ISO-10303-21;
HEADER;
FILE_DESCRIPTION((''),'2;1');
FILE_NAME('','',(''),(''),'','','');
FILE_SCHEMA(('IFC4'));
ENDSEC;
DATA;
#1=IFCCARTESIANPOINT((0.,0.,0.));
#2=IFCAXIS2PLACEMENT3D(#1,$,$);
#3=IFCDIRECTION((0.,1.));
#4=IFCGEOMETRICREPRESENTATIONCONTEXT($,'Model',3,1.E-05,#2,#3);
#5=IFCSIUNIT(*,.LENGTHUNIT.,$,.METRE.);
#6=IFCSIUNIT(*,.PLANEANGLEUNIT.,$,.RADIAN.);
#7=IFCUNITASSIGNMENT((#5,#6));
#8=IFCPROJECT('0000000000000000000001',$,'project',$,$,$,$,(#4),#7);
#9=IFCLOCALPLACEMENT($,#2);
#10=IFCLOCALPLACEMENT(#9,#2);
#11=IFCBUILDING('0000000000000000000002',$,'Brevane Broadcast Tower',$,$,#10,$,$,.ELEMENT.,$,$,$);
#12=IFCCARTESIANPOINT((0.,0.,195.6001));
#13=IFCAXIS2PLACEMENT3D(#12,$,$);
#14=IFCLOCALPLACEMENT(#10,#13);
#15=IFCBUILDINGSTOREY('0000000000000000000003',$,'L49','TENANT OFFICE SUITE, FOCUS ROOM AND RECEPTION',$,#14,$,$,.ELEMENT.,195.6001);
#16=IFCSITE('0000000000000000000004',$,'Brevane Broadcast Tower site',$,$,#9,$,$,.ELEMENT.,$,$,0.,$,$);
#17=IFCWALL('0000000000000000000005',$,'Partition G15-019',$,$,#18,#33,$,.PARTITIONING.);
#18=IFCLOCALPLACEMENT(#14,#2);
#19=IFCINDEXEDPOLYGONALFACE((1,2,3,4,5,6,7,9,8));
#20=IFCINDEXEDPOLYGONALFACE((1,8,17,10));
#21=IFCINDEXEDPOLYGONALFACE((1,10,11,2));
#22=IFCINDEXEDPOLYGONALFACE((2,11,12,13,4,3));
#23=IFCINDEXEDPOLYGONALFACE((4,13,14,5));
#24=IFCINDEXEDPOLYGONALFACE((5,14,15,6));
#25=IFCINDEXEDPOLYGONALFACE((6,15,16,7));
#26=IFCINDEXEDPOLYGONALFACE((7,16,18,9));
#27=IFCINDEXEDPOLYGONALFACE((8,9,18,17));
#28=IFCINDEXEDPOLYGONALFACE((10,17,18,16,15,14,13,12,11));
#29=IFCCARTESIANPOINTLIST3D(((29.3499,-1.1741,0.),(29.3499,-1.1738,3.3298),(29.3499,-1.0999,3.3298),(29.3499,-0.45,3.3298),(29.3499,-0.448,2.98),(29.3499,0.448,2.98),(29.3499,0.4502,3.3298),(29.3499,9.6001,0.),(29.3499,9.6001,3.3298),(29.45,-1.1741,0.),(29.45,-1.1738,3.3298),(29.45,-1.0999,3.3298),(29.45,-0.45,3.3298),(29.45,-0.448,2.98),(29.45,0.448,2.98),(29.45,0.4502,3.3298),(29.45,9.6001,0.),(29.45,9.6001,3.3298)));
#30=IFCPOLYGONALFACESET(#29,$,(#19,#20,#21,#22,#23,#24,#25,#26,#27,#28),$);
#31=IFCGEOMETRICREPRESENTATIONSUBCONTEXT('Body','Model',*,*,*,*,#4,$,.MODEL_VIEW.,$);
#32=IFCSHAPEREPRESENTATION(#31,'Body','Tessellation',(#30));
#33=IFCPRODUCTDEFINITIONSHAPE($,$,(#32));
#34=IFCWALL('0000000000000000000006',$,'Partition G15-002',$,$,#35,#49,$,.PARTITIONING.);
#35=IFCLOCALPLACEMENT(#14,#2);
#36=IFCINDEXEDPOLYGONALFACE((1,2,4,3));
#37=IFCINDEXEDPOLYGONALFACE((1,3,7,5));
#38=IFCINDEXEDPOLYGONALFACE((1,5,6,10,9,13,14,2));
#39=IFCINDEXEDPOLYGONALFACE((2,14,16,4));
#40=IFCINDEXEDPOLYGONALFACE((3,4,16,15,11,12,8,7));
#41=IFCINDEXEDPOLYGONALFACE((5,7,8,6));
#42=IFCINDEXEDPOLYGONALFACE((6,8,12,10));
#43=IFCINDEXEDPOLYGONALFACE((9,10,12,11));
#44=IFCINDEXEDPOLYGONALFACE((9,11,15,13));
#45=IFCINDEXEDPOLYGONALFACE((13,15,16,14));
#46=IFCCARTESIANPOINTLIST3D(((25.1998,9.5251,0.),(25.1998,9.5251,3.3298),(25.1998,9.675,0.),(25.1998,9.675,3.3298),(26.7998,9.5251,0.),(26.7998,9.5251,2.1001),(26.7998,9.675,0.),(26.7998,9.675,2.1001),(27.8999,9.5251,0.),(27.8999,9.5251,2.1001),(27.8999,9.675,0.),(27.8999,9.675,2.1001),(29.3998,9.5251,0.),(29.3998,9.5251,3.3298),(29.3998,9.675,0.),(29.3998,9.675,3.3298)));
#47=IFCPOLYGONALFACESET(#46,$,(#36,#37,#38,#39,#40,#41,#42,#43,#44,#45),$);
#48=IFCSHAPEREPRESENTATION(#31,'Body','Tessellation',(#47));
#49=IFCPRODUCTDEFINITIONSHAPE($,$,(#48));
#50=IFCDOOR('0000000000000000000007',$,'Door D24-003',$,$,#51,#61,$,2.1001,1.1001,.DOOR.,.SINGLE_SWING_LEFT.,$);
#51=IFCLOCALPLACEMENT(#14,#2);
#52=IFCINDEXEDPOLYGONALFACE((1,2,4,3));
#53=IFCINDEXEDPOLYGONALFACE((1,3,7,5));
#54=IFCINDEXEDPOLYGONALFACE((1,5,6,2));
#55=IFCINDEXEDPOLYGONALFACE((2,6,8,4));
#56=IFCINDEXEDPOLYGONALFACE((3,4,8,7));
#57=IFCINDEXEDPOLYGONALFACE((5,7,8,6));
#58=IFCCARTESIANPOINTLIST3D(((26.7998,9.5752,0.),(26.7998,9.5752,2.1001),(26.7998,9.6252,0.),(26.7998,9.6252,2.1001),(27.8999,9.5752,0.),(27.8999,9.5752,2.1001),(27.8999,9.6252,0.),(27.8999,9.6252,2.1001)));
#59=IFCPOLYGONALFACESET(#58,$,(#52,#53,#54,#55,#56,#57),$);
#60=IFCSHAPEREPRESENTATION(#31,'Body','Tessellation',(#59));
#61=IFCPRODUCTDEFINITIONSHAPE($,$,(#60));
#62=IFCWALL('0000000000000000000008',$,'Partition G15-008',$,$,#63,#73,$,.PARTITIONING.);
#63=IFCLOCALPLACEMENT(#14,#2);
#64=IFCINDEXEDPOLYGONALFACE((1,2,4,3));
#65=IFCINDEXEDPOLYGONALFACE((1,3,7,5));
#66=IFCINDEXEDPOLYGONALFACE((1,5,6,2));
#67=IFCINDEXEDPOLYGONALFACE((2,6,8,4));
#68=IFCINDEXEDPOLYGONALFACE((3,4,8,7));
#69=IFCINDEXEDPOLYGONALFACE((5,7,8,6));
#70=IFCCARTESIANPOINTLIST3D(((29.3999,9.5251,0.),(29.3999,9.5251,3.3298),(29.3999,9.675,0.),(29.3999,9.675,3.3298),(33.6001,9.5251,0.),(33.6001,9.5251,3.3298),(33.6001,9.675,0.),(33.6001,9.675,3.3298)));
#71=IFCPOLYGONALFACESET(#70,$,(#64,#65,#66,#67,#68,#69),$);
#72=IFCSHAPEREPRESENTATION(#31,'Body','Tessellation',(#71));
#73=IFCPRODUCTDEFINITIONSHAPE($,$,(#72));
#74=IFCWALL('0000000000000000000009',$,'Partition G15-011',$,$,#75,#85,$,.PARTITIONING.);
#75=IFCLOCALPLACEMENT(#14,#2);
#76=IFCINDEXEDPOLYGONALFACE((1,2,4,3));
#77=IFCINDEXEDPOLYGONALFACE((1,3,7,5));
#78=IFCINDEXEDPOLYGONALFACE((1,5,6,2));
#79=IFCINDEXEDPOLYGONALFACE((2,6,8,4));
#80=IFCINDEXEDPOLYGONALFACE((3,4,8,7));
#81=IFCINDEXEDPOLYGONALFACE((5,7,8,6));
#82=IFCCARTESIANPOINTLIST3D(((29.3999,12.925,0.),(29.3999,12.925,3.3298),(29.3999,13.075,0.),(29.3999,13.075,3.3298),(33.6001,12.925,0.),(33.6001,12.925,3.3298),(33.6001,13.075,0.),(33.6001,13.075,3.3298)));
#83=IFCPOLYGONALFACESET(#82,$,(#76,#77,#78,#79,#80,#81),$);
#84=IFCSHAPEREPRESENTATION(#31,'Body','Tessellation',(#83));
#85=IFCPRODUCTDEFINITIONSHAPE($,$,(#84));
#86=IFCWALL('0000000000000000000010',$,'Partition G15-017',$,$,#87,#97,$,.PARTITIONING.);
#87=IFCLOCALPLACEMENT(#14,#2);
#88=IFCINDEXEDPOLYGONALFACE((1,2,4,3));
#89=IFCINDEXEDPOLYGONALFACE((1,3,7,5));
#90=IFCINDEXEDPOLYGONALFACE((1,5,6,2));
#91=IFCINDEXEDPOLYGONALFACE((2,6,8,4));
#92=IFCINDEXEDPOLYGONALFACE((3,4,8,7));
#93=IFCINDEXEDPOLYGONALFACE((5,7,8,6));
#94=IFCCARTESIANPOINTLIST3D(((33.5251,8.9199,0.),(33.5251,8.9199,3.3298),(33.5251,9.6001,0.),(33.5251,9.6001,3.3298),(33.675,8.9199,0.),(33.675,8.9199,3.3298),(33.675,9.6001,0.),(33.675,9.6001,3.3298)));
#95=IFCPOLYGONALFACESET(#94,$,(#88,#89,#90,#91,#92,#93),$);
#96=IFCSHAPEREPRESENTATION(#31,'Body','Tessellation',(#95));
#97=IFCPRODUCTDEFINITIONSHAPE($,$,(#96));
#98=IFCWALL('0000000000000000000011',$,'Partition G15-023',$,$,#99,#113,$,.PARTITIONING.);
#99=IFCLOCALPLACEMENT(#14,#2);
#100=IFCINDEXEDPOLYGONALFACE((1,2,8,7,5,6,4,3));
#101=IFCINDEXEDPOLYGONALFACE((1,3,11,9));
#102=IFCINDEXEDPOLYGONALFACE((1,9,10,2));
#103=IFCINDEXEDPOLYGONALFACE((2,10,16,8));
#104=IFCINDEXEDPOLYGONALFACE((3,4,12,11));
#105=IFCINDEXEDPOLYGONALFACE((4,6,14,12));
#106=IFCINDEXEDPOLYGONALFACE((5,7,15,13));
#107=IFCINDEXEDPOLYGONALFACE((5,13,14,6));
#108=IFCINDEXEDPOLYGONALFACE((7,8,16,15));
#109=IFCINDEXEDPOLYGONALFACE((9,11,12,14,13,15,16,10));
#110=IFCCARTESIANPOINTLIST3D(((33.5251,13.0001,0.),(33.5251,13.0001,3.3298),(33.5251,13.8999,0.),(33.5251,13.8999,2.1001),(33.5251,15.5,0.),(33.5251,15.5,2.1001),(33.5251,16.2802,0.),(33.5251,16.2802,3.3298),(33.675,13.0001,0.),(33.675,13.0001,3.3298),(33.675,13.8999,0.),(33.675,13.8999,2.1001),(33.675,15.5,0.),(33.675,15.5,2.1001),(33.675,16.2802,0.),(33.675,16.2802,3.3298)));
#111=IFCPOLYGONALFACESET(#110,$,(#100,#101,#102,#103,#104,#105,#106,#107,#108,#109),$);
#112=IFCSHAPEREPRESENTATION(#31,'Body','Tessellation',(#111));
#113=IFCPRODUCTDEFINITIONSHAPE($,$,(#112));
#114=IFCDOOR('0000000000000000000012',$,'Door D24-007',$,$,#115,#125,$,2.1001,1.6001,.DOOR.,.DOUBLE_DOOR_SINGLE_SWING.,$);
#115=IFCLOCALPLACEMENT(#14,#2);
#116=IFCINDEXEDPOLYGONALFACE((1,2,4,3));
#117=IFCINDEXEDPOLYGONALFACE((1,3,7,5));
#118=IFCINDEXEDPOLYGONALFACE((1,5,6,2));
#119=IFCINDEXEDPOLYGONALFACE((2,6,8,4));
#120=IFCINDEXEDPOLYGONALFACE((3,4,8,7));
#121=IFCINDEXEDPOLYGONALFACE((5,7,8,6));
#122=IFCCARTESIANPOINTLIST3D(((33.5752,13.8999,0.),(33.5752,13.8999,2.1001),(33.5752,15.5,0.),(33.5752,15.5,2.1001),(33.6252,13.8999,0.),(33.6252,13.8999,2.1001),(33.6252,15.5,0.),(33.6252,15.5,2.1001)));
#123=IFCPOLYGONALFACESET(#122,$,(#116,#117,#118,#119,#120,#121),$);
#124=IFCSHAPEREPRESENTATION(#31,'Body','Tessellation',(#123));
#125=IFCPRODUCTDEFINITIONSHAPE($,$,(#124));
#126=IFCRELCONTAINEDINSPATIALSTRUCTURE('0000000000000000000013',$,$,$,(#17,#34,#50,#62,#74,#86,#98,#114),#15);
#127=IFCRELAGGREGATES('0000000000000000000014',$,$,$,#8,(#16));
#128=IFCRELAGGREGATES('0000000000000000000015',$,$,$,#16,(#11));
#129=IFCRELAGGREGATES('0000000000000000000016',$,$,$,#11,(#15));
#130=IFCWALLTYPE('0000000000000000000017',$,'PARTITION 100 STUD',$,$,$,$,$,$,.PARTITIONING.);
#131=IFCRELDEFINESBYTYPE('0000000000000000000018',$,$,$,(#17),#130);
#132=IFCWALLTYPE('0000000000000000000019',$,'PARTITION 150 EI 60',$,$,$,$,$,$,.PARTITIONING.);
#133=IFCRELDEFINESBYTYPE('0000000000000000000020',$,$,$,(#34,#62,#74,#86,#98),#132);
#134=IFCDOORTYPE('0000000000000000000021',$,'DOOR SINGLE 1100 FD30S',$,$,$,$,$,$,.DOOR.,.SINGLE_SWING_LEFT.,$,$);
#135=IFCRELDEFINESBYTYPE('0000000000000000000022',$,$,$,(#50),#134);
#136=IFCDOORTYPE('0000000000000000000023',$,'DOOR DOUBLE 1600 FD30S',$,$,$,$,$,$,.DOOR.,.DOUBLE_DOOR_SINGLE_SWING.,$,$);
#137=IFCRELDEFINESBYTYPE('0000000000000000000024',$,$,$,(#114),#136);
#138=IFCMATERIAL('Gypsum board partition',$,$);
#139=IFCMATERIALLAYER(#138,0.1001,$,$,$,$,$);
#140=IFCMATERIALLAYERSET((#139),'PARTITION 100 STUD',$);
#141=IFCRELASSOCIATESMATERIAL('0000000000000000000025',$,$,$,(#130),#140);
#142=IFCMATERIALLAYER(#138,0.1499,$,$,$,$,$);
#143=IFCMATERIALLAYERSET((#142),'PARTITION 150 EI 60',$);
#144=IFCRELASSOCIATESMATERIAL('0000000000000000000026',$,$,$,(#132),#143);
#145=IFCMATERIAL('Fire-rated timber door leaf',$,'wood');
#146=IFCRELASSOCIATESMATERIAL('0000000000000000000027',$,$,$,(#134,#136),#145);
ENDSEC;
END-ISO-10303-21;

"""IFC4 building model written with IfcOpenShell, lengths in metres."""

from ifc_helpers import new_model, si_unit, direction, frame, frame_2d, origin, place, context, subcontext, project, spatial, polyline, rectangle, outline, extrude, material, layer, layer_set, type_object, element, fill, save


model = new_model("IFC4")

# Units and contexts
model_context = context("Model", 3, precision=1e-05, world=origin(), true_north=direction((0.0, 1.0)))
body_context = subcontext(model_context, "Body", "Model", "MODEL_VIEW")
ifc_project = project(units=[si_unit("LENGTHUNIT", "METRE"), si_unit("PLANEANGLEUNIT", "RADIAN")], contexts=[model_context])

# Site, building, storey
site_placement = place(None, origin())
site = spatial("IfcSite", under=ifc_project, at=site_placement, Name="Brevane Broadcast Tower site", CompositionType="ELEMENT", RefElevation=0.0)
building_placement = place(site_placement, origin())
building = spatial("IfcBuilding", under=site, at=building_placement, Name="Brevane Broadcast Tower", CompositionType="ELEMENT")
storey_placement = place(building_placement, frame((0.0, 0.0, 195.6001)))
storey = spatial("IfcBuildingStorey", under=building, at=storey_placement, Name="L49", Description="TENANT OFFICE SUITE, FOCUS ROOM AND RECEPTION", CompositionType="ELEMENT", Elevation=195.6001)

# Wall
ifc_material_1 = material(Name="Gypsum board partition")
ifc_layer_1 = layer(ifc_material_1, 0.1001)
ifc_layer_set_1 = layer_set([ifc_layer_1], Name="PARTITION 100 STUD")
wall_type_1 = type_object("IfcWallType", Name="PARTITION 100 STUD", PredefinedType="PARTITIONING", material=ifc_layer_set_1)
wall_1_placement = place(storey_placement, frame((29.3999, 9.6001, 0.0), z_axis=(0.0, 0.0, 1.0), x_axis=(0.0, -1.0, 0.0)))
element("IfcWall", 1, at=wall_1_placement, inside=storey, type_object=wall_type_1, Name="Partition G15-019", PredefinedType="PARTITIONING", context=body_context, shape_type="SweptSolid", body=[
    extrude(outline(polyline([(0.0, 0.0), (10.7742, 0.0), (10.7739, 3.3298), (10.7, 3.3298), (10.05, 3.3298), (10.0481, 2.98), (9.1521, 2.98), (9.1499, 3.3298), (0.0, 3.3298), (0.0, 0.0)])), frame((0.0, 0.05, 0.0), z_axis=(0.0, -1.0, 0.0), x_axis=(1.0, 0.0, 0.0)), (0.0, 0.0, 1.0), 0.1001),
])

# Wall, opening, door
ifc_layer_2 = layer(ifc_material_1, 0.1499)
ifc_layer_set_2 = layer_set([ifc_layer_2], Name="PARTITION 150 EI 60")
wall_type_2 = type_object("IfcWallType", Name="PARTITION 150 EI 60", PredefinedType="PARTITIONING", material=ifc_layer_set_2)
wall_2_placement = place(storey_placement, frame((29.3999, 9.6001, 0.0), z_axis=(0.0, 0.0, 1.0), x_axis=(-1.0, 0.0, 0.0)))
wall_2 = element("IfcWall", 2, at=wall_2_placement, inside=storey, type_object=wall_type_2, Name="Partition G15-002", PredefinedType="PARTITIONING", context=body_context, shape_type="SweptSolid", body=[
    extrude(rectangle(XDim=4.2, YDim=0.1499, at=frame_2d((2.1001, 0.0))), origin(), (0.0, 0.0, 1.0), 3.3298),
])
opening_1_placement = place(wall_2_placement, frame((1.5, 0.0, 0.0)))
opening_1 = element("IfcOpeningElement", 3, at=opening_1_placement, cuts=wall_2, PredefinedType="OPENING", context=body_context, shape_type="SweptSolid", body=[
    extrude(rectangle(XDim=1.1001, YDim=2.1001, at=frame_2d((0.55, 1.05))), frame((0.0, 0.085, 0.0), z_axis=(0.0, -1.0, 0.0), x_axis=(1.0, 0.0, 0.0)), (0.0, 0.0, 1.0), 0.1699),
])
ifc_material_2 = material(Name="Fire-rated timber door leaf", Category="wood")
door_type_1 = type_object("IfcDoorType", Name="DOOR SINGLE 1100 FD30S", OperationType="SINGLE_SWING_LEFT", PredefinedType="DOOR", material=ifc_material_2)
door_1_placement = place(opening_1_placement, origin())
door_1 = element("IfcDoor", 4, at=door_1_placement, inside=storey, type_object=door_type_1, Name="Door D24-003", OperationType="SINGLE_SWING_LEFT", OverallHeight=2.1001, OverallWidth=1.1001, PredefinedType="DOOR", context=body_context, shape_type="SweptSolid", body=[
    extrude(rectangle(XDim=1.1001, YDim=2.1001, at=frame_2d((0.55, 1.05))), frame((0.0, 0.0249, 0.0), z_axis=(0.0, -1.0, 0.0), x_axis=(1.0, 0.0, 0.0)), (0.0, 0.0, 1.0), 0.05),
])
fill(opening_1, door_1)

# Walls
for number, where, z_axis, x_axis, name in (
    (5, (33.6001, 9.6001, 0.0), (0.0, 0.0, 1.0), (-1.0, 0.0, 0.0), "Partition G15-008"),
    (6, (29.3999, 13.0, 0.0), (0.0, 0.0, 1.0), (1.0, 0.0, 0.0), "Partition G15-011"),
):
    element("IfcWall", number, at=place(storey_placement, frame(where, z_axis=z_axis, x_axis=x_axis)), inside=storey, type_object=wall_type_2, Name=name, PredefinedType="PARTITIONING", context=body_context, shape_type="SweptSolid", body=[
        extrude(rectangle(XDim=4.2002, YDim=0.1499, at=frame_2d((2.1001, 0.0))), origin(), (0.0, 0.0, 1.0), 3.3298),
    ])
wall_3_placement = place(storey_placement, frame((33.6001, 8.9199, 0.0), z_axis=(0.0, 0.0, 1.0), x_axis=(0.0, 1.0, 0.0)))
element("IfcWall", 7, at=wall_3_placement, inside=storey, type_object=wall_type_2, Name="Partition G15-017", PredefinedType="PARTITIONING", context=body_context, shape_type="SweptSolid", body=[
    extrude(rectangle(XDim=0.6802, YDim=0.1499, at=frame_2d((0.3401, 0.0))), origin(), (0.0, 0.0, 1.0), 3.3298),
])

# Wall, opening, door
wall_4_placement = place(storey_placement, frame((33.6001, 13.0, 0.0), z_axis=(0.0, 0.0, 1.0), x_axis=(0.0, 1.0, 0.0)))
wall_4 = element("IfcWall", 8, at=wall_4_placement, inside=storey, type_object=wall_type_2, Name="Partition G15-023", PredefinedType="PARTITIONING", context=body_context, shape_type="SweptSolid", body=[
    extrude(rectangle(XDim=3.28, YDim=0.1499, at=frame_2d((1.6401, 0.0))), origin(), (0.0, 0.0, 1.0), 3.3298),
])
opening_2_placement = place(wall_4_placement, frame((0.8999, 0.0, 0.0)))
opening_2 = element("IfcOpeningElement", 9, at=opening_2_placement, cuts=wall_4, PredefinedType="OPENING", context=body_context, shape_type="SweptSolid", body=[
    extrude(rectangle(XDim=1.6001, YDim=2.1001, at=frame_2d((0.8, 1.05))), frame((0.0, 0.085, 0.0), z_axis=(0.0, -1.0, 0.0), x_axis=(1.0, 0.0, 0.0)), (0.0, 0.0, 1.0), 0.1699),
])
door_type_2 = type_object("IfcDoorType", Name="DOOR DOUBLE 1600 FD30S", OperationType="DOUBLE_DOOR_SINGLE_SWING", PredefinedType="DOOR", material=ifc_material_2)
door_2_placement = place(opening_2_placement, origin())
door_2 = element("IfcDoor", 10, at=door_2_placement, inside=storey, type_object=door_type_2, Name="Door D24-007", OperationType="DOUBLE_DOOR_SINGLE_SWING", OverallHeight=2.1001, OverallWidth=1.6001, PredefinedType="DOOR", context=body_context, shape_type="SweptSolid", body=[
    extrude(rectangle(XDim=1.6001, YDim=2.1001, at=frame_2d((0.8, 1.05))), frame((0.0, 0.0249, 0.0), z_axis=(0.0, -1.0, 0.0), x_axis=(1.0, 0.0, 0.0)), (0.0, 0.0, 1.0), 0.05),
])
fill(opening_2, door_2)

save(model, "model.ifc")
